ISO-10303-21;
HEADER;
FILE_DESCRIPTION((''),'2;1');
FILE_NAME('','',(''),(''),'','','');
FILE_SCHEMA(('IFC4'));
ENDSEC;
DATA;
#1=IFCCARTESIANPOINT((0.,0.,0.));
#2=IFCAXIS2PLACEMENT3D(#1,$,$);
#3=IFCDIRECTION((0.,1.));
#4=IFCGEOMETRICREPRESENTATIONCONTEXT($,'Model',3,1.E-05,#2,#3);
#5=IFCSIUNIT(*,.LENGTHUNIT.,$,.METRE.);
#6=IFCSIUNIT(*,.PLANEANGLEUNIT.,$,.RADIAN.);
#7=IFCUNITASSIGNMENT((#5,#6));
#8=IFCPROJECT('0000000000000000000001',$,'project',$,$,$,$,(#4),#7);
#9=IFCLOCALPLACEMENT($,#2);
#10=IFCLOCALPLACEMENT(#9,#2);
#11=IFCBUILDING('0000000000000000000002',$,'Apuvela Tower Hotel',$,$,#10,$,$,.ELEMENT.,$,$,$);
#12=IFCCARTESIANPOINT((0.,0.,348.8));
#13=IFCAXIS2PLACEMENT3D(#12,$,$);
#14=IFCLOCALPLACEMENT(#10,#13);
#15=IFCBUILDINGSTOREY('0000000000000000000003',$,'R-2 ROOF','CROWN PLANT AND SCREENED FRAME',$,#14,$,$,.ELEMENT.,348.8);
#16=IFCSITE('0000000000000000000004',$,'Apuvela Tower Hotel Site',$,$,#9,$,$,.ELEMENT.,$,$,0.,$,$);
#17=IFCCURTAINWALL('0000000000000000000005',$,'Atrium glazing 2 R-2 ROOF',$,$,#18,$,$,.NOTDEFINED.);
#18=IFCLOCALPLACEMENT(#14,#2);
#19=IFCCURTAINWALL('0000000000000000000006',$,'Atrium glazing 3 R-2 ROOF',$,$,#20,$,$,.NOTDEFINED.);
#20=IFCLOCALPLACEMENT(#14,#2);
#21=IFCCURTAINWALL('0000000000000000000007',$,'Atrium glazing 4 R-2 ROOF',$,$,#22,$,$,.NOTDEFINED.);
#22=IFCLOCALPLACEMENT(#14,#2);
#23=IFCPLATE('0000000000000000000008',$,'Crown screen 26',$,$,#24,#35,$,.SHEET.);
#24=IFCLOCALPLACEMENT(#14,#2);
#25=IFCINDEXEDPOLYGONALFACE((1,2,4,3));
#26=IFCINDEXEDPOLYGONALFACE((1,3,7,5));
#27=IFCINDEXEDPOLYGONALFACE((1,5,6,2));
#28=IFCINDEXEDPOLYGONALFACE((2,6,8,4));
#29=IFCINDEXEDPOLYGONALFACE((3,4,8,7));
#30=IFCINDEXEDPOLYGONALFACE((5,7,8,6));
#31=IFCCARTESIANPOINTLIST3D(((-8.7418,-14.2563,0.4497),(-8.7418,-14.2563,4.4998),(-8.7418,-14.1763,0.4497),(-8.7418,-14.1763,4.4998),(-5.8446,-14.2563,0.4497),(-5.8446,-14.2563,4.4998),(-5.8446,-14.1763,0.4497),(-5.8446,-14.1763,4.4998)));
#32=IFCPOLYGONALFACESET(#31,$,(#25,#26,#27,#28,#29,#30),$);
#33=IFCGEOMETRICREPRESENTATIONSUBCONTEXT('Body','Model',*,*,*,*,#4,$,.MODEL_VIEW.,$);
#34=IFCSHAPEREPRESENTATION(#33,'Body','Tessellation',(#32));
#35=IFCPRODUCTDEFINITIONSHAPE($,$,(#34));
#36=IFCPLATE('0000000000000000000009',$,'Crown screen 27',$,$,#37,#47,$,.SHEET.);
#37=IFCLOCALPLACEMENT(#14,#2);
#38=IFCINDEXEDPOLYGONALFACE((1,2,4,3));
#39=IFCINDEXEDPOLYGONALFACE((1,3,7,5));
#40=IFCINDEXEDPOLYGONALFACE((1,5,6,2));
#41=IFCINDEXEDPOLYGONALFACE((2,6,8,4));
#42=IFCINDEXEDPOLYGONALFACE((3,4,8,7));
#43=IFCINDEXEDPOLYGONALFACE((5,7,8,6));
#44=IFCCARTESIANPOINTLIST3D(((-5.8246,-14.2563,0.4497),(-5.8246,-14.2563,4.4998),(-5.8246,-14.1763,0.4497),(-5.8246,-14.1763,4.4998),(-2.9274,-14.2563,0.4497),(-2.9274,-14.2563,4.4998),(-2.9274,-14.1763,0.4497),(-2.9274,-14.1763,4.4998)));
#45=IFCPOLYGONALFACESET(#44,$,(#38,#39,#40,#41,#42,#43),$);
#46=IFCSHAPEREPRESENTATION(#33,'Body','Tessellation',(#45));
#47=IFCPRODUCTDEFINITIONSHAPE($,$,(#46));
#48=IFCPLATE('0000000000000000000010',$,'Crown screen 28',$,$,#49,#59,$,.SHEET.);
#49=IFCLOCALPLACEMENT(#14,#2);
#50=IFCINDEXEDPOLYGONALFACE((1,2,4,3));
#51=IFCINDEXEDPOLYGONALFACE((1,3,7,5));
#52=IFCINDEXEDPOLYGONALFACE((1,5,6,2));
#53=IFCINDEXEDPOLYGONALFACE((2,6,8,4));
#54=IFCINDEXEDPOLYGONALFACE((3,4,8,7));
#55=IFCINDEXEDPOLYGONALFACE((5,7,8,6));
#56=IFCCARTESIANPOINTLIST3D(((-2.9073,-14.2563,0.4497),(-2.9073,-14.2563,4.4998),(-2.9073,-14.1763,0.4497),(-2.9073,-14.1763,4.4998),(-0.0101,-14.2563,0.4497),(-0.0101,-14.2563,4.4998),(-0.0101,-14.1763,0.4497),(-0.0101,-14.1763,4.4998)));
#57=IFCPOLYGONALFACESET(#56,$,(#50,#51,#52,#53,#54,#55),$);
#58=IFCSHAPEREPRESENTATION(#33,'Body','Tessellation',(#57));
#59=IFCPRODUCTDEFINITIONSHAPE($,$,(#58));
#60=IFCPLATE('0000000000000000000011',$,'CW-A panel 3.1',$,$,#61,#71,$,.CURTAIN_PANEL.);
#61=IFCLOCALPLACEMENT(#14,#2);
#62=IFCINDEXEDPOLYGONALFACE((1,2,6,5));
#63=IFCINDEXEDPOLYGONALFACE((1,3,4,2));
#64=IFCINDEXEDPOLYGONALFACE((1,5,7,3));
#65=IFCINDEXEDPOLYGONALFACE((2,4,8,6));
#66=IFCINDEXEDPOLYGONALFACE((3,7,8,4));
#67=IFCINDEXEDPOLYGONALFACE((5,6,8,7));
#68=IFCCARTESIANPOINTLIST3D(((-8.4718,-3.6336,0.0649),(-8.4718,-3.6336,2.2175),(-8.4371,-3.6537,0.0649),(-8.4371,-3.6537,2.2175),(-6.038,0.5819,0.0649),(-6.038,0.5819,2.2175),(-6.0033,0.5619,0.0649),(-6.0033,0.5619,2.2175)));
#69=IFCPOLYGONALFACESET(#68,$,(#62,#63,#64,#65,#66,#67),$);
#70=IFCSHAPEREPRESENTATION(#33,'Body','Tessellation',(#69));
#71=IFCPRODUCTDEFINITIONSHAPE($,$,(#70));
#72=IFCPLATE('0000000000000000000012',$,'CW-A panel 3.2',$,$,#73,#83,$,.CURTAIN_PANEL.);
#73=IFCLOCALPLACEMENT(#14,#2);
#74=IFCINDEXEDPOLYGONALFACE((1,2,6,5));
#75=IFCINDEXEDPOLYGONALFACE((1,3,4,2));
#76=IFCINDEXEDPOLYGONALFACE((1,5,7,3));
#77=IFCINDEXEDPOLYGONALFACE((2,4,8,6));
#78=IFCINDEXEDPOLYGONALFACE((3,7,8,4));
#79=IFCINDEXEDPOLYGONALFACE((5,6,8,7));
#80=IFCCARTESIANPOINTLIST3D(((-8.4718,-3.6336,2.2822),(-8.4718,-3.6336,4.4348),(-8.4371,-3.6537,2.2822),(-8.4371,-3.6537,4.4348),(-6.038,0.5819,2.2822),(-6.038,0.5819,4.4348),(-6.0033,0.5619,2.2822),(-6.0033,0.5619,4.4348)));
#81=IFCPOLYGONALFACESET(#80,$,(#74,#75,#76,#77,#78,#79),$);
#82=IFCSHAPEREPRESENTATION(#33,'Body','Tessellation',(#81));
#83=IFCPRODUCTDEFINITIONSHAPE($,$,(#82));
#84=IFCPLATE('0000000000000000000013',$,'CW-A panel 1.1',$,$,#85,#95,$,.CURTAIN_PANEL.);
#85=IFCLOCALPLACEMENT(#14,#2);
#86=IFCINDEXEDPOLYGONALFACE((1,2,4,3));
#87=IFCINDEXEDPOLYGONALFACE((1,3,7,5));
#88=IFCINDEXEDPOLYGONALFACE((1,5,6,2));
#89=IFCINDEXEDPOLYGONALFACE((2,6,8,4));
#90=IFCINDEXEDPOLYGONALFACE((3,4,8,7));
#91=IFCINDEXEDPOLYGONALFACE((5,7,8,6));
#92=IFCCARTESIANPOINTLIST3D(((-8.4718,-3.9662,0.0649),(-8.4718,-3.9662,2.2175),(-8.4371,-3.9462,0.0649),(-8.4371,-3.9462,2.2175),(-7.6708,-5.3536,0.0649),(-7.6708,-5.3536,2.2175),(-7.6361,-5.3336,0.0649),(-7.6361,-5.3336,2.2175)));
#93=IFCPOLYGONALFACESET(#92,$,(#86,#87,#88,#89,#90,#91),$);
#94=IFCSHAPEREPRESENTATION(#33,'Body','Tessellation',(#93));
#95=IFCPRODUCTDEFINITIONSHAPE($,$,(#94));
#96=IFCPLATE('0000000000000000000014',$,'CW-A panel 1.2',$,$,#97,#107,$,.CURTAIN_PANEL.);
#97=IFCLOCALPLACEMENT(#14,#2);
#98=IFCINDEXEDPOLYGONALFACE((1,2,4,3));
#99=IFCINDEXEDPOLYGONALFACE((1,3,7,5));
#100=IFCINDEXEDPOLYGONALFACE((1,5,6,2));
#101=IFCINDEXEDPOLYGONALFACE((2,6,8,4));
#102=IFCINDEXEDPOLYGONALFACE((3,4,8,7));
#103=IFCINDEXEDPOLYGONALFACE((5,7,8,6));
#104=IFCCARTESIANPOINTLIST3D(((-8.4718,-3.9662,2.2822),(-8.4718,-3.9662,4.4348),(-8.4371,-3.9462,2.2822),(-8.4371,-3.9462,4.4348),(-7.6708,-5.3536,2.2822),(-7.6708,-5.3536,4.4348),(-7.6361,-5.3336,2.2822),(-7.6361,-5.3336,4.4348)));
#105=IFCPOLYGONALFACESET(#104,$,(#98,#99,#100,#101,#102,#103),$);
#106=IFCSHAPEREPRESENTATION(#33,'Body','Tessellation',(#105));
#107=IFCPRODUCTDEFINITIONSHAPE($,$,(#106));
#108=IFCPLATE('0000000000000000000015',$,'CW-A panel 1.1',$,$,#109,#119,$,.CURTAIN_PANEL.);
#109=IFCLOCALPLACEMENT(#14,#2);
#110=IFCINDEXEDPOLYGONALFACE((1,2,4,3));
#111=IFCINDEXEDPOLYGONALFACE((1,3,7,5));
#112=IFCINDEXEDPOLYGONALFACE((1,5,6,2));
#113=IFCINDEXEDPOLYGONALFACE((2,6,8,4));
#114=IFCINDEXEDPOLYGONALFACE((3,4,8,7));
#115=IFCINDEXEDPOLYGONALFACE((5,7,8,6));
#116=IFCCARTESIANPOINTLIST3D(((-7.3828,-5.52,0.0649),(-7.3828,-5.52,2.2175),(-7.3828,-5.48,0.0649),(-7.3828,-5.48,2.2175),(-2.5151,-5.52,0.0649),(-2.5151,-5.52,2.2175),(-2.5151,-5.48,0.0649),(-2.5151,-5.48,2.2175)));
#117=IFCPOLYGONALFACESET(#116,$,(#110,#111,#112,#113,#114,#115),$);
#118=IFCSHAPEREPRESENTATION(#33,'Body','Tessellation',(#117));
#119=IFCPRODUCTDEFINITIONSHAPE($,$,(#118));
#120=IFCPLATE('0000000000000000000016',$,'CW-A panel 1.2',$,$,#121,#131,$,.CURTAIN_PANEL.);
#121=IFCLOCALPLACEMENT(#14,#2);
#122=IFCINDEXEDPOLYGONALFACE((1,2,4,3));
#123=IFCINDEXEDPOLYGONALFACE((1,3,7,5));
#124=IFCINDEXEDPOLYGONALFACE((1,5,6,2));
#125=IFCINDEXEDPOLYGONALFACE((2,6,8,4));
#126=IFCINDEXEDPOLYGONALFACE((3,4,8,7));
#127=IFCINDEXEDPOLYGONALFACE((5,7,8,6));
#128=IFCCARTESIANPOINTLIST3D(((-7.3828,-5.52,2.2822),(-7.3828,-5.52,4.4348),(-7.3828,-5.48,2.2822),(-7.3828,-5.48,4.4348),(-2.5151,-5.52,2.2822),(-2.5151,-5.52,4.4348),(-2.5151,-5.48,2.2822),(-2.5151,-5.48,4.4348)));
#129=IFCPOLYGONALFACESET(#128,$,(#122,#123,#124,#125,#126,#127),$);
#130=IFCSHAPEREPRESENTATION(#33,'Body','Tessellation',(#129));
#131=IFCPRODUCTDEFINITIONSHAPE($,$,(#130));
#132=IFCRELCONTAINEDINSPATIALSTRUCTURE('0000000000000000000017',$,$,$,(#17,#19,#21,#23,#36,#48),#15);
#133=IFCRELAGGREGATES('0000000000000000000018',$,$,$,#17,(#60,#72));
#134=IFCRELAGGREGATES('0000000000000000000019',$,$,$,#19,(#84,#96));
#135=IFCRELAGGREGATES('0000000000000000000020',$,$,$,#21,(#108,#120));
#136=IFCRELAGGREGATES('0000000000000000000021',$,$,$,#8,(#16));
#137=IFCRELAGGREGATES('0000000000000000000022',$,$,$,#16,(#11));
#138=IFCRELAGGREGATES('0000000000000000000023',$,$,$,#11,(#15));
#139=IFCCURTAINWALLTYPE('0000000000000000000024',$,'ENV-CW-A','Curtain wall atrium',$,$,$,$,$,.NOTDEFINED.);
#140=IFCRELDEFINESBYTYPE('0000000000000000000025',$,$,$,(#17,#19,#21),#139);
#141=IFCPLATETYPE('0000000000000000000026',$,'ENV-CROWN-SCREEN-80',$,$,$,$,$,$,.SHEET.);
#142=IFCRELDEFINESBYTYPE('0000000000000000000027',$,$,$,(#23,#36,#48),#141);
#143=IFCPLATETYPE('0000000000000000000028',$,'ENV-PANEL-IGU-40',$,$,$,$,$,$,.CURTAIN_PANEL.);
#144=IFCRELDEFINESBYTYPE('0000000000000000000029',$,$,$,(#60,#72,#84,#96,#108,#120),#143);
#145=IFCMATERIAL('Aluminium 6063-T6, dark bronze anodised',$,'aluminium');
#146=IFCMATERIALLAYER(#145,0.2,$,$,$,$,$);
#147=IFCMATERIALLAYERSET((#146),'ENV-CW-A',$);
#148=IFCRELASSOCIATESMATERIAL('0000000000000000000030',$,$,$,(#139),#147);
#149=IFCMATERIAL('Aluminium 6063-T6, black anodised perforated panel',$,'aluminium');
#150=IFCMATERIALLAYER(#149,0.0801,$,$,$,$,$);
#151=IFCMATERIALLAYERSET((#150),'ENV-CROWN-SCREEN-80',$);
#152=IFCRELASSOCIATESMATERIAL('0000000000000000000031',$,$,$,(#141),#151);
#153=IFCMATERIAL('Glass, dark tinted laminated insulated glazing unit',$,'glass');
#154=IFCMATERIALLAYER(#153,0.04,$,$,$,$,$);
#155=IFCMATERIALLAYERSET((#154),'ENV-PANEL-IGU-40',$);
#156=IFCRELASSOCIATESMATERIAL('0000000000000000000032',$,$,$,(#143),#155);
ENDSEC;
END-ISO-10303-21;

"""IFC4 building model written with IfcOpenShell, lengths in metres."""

from ifc_helpers import new_model, si_unit, direction, frame, origin, origin_2d, place, context, subcontext, project, spatial, rectangle, extrude, material, layer, layer_set, type_object, element, aggregate, save


model = new_model("IFC4")

# Units and contexts
model_context = context("Model", 3, precision=1e-05, world=origin(), true_north=direction((0.0, 1.0)))
body_context = subcontext(model_context, "Body", "Model", "MODEL_VIEW")
ifc_project = project(units=[si_unit("LENGTHUNIT", "METRE"), si_unit("PLANEANGLEUNIT", "RADIAN")], contexts=[model_context])

# Site, building, storey
site_placement = place(None, origin())
site = spatial("IfcSite", under=ifc_project, at=site_placement, Name="Apuvela Tower Hotel Site", CompositionType="ELEMENT", RefElevation=0.0)
building_placement = place(site_placement, origin())
building = spatial("IfcBuilding", under=site, at=building_placement, Name="Apuvela Tower Hotel", CompositionType="ELEMENT")
storey_placement = place(building_placement, frame((0.0, 0.0, 348.8)))
storey = spatial("IfcBuildingStorey", under=building, at=storey_placement, Name="R-2 ROOF", Description="CROWN PLANT AND SCREENED FRAME", CompositionType="ELEMENT", Elevation=348.8)

# Curtain wall
ifc_material_1 = material(Name="Aluminium 6063-T6, dark bronze anodised", Category="aluminium")
ifc_layer_1 = layer(ifc_material_1, 0.2)
ifc_layer_set_1 = layer_set([ifc_layer_1], Name="ENV-CW-A")
curtain_wall_type = type_object("IfcCurtainWallType", Name="ENV-CW-A", Description="Curtain wall atrium", PredefinedType="NOTDEFINED", material=ifc_layer_set_1)
curtain_wall_1_placement = place(storey_placement, origin())
curtain_wall_1 = element("IfcCurtainWall", 1, at=curtain_wall_1_placement, inside=storey, type_object=curtain_wall_type, Name="Atrium glazing 2 R-2 ROOF", PredefinedType="NOTDEFINED")

# Curtain walls
curtain_wall_2_placement = place(storey_placement, origin())
curtain_wall_2 = element("IfcCurtainWall", 2, at=curtain_wall_2_placement, inside=storey, type_object=curtain_wall_type, Name="Atrium glazing 3 R-2 ROOF", PredefinedType="NOTDEFINED")
curtain_wall_3_placement = place(storey_placement, origin())
curtain_wall_3 = element("IfcCurtainWall", 3, at=curtain_wall_3_placement, inside=storey, type_object=curtain_wall_type, Name="Atrium glazing 4 R-2 ROOF", PredefinedType="NOTDEFINED")

# Plates
ifc_material_2 = material(Name="Aluminium 6063-T6, black anodised perforated panel", Category="aluminium")
ifc_layer_2 = layer(ifc_material_2, 0.0801)
ifc_layer_set_2 = layer_set([ifc_layer_2], Name="ENV-CROWN-SCREEN-80")
plate_type_1 = type_object("IfcPlateType", Name="ENV-CROWN-SCREEN-80", PredefinedType="SHEET", material=ifc_layer_set_2)
for number, where, z_axis, x_axis, name in (
    (4, (-7.2932, -14.2163, 0.4497), (0.0, 0.0, 1.0), (1.0, 0.0, 0.0), "Crown screen 26"),
    (5, (-4.376, -14.2163, 0.4497), (0.0, 0.0, 1.0), (1.0, 0.0, 0.0), "Crown screen 27"),
    (6, (-1.4587, -14.2163, 0.4497), (0.0, 0.0, 1.0), (1.0, 0.0, 0.0), "Crown screen 28"),
):
    element("IfcPlate", number, at=place(storey_placement, frame(where, z_axis=z_axis, x_axis=x_axis)), inside=storey, type_object=plate_type_1, Name=name, PredefinedType="SHEET", context=body_context, shape_type="SweptSolid", body=[
        extrude(rectangle(XDim=2.8972, YDim=0.0801, at=origin_2d()), origin(), (0.0, 0.0, 1.0), 4.05),
    ])

# Plates
ifc_material_3 = material(Name="Glass, dark tinted laminated insulated glazing unit", Category="glass")
ifc_layer_3 = layer(ifc_material_3, 0.04)
ifc_layer_set_3 = layer_set([ifc_layer_3], Name="ENV-PANEL-IGU-40")
plate_type_2 = type_object("IfcPlateType", Name="ENV-PANEL-IGU-40", PredefinedType="CURTAIN_PANEL", material=ifc_layer_set_3)
plate_1_placement = place(storey_placement, frame((-7.2375, -1.5359, 0.0649), z_axis=(0.0, 0.0, 1.0), x_axis=(-0.499999, -0.866026, 0.0)))
plate_1 = element("IfcPlate", 7, at=plate_1_placement, type_object=plate_type_2, Name="CW-A panel 3.1", PredefinedType="CURTAIN_PANEL", context=body_context, shape_type="SweptSolid", body=[
    extrude(rectangle(XDim=4.8677, YDim=0.04, at=origin_2d()), origin(), (0.0, 0.0, 1.0), 2.1526),
])
plate_2_placement = place(storey_placement, frame((-7.2375, -1.5359, 2.2822), z_axis=(0.0, 0.0, 1.0), x_axis=(-0.499999, -0.866026, 0.0)))
plate_2 = element("IfcPlate", 8, at=plate_2_placement, type_object=plate_type_2, Name="CW-A panel 3.2", PredefinedType="CURTAIN_PANEL", context=body_context, shape_type="SweptSolid", body=[
    extrude(rectangle(XDim=4.8677, YDim=0.04, at=origin_2d()), origin(), (0.0, 0.0, 1.0), 2.1526),
])
aggregate(curtain_wall_1, [plate_1, plate_2])
plate_3_placement = place(storey_placement, frame((-8.054, -4.6499, 0.0649), z_axis=(0.0, 0.0, 1.0), x_axis=(0.499989, -0.866032, 0.0)))
plate_3 = element("IfcPlate", 9, at=plate_3_placement, type_object=plate_type_2, Name="CW-A panel 1.1", PredefinedType="CURTAIN_PANEL", context=body_context, shape_type="SweptSolid", body=[
    extrude(rectangle(XDim=1.6021, YDim=0.04, at=origin_2d()), origin(), (0.0, 0.0, 1.0), 2.1526),
])
plate_4_placement = place(storey_placement, frame((-8.054, -4.6499, 2.2822), z_axis=(0.0, 0.0, 1.0), x_axis=(0.499989, -0.866032, 0.0)))
plate_4 = element("IfcPlate", 10, at=plate_4_placement, type_object=plate_type_2, Name="CW-A panel 1.2", PredefinedType="CURTAIN_PANEL", context=body_context, shape_type="SweptSolid", body=[
    extrude(rectangle(XDim=1.6021, YDim=0.04, at=origin_2d()), origin(), (0.0, 0.0, 1.0), 2.1526),
])
aggregate(curtain_wall_2, [plate_3, plate_4])
plate_5_placement = place(storey_placement, frame((-4.949, -5.5, 0.0649), z_axis=(0.0, 0.0, 1.0), x_axis=(1.0, 0.0, 0.0)))
plate_5 = element("IfcPlate", 11, at=plate_5_placement, type_object=plate_type_2, Name="CW-A panel 1.1", PredefinedType="CURTAIN_PANEL", context=body_context, shape_type="SweptSolid", body=[
    extrude(rectangle(XDim=4.8677, YDim=0.04, at=origin_2d()), origin(), (0.0, 0.0, 1.0), 2.1526),
])
plate_6_placement = place(storey_placement, frame((-4.949, -5.5, 2.2822), z_axis=(0.0, 0.0, 1.0), x_axis=(1.0, 0.0, 0.0)))
plate_6 = element("IfcPlate", 12, at=plate_6_placement, type_object=plate_type_2, Name="CW-A panel 1.2", PredefinedType="CURTAIN_PANEL", context=body_context, shape_type="SweptSolid", body=[
    extrude(rectangle(XDim=4.8677, YDim=0.04, at=origin_2d()), origin(), (0.0, 0.0, 1.0), 2.1526),
])
aggregate(curtain_wall_3, [plate_5, plate_6])

save(model, "model.ifc")
